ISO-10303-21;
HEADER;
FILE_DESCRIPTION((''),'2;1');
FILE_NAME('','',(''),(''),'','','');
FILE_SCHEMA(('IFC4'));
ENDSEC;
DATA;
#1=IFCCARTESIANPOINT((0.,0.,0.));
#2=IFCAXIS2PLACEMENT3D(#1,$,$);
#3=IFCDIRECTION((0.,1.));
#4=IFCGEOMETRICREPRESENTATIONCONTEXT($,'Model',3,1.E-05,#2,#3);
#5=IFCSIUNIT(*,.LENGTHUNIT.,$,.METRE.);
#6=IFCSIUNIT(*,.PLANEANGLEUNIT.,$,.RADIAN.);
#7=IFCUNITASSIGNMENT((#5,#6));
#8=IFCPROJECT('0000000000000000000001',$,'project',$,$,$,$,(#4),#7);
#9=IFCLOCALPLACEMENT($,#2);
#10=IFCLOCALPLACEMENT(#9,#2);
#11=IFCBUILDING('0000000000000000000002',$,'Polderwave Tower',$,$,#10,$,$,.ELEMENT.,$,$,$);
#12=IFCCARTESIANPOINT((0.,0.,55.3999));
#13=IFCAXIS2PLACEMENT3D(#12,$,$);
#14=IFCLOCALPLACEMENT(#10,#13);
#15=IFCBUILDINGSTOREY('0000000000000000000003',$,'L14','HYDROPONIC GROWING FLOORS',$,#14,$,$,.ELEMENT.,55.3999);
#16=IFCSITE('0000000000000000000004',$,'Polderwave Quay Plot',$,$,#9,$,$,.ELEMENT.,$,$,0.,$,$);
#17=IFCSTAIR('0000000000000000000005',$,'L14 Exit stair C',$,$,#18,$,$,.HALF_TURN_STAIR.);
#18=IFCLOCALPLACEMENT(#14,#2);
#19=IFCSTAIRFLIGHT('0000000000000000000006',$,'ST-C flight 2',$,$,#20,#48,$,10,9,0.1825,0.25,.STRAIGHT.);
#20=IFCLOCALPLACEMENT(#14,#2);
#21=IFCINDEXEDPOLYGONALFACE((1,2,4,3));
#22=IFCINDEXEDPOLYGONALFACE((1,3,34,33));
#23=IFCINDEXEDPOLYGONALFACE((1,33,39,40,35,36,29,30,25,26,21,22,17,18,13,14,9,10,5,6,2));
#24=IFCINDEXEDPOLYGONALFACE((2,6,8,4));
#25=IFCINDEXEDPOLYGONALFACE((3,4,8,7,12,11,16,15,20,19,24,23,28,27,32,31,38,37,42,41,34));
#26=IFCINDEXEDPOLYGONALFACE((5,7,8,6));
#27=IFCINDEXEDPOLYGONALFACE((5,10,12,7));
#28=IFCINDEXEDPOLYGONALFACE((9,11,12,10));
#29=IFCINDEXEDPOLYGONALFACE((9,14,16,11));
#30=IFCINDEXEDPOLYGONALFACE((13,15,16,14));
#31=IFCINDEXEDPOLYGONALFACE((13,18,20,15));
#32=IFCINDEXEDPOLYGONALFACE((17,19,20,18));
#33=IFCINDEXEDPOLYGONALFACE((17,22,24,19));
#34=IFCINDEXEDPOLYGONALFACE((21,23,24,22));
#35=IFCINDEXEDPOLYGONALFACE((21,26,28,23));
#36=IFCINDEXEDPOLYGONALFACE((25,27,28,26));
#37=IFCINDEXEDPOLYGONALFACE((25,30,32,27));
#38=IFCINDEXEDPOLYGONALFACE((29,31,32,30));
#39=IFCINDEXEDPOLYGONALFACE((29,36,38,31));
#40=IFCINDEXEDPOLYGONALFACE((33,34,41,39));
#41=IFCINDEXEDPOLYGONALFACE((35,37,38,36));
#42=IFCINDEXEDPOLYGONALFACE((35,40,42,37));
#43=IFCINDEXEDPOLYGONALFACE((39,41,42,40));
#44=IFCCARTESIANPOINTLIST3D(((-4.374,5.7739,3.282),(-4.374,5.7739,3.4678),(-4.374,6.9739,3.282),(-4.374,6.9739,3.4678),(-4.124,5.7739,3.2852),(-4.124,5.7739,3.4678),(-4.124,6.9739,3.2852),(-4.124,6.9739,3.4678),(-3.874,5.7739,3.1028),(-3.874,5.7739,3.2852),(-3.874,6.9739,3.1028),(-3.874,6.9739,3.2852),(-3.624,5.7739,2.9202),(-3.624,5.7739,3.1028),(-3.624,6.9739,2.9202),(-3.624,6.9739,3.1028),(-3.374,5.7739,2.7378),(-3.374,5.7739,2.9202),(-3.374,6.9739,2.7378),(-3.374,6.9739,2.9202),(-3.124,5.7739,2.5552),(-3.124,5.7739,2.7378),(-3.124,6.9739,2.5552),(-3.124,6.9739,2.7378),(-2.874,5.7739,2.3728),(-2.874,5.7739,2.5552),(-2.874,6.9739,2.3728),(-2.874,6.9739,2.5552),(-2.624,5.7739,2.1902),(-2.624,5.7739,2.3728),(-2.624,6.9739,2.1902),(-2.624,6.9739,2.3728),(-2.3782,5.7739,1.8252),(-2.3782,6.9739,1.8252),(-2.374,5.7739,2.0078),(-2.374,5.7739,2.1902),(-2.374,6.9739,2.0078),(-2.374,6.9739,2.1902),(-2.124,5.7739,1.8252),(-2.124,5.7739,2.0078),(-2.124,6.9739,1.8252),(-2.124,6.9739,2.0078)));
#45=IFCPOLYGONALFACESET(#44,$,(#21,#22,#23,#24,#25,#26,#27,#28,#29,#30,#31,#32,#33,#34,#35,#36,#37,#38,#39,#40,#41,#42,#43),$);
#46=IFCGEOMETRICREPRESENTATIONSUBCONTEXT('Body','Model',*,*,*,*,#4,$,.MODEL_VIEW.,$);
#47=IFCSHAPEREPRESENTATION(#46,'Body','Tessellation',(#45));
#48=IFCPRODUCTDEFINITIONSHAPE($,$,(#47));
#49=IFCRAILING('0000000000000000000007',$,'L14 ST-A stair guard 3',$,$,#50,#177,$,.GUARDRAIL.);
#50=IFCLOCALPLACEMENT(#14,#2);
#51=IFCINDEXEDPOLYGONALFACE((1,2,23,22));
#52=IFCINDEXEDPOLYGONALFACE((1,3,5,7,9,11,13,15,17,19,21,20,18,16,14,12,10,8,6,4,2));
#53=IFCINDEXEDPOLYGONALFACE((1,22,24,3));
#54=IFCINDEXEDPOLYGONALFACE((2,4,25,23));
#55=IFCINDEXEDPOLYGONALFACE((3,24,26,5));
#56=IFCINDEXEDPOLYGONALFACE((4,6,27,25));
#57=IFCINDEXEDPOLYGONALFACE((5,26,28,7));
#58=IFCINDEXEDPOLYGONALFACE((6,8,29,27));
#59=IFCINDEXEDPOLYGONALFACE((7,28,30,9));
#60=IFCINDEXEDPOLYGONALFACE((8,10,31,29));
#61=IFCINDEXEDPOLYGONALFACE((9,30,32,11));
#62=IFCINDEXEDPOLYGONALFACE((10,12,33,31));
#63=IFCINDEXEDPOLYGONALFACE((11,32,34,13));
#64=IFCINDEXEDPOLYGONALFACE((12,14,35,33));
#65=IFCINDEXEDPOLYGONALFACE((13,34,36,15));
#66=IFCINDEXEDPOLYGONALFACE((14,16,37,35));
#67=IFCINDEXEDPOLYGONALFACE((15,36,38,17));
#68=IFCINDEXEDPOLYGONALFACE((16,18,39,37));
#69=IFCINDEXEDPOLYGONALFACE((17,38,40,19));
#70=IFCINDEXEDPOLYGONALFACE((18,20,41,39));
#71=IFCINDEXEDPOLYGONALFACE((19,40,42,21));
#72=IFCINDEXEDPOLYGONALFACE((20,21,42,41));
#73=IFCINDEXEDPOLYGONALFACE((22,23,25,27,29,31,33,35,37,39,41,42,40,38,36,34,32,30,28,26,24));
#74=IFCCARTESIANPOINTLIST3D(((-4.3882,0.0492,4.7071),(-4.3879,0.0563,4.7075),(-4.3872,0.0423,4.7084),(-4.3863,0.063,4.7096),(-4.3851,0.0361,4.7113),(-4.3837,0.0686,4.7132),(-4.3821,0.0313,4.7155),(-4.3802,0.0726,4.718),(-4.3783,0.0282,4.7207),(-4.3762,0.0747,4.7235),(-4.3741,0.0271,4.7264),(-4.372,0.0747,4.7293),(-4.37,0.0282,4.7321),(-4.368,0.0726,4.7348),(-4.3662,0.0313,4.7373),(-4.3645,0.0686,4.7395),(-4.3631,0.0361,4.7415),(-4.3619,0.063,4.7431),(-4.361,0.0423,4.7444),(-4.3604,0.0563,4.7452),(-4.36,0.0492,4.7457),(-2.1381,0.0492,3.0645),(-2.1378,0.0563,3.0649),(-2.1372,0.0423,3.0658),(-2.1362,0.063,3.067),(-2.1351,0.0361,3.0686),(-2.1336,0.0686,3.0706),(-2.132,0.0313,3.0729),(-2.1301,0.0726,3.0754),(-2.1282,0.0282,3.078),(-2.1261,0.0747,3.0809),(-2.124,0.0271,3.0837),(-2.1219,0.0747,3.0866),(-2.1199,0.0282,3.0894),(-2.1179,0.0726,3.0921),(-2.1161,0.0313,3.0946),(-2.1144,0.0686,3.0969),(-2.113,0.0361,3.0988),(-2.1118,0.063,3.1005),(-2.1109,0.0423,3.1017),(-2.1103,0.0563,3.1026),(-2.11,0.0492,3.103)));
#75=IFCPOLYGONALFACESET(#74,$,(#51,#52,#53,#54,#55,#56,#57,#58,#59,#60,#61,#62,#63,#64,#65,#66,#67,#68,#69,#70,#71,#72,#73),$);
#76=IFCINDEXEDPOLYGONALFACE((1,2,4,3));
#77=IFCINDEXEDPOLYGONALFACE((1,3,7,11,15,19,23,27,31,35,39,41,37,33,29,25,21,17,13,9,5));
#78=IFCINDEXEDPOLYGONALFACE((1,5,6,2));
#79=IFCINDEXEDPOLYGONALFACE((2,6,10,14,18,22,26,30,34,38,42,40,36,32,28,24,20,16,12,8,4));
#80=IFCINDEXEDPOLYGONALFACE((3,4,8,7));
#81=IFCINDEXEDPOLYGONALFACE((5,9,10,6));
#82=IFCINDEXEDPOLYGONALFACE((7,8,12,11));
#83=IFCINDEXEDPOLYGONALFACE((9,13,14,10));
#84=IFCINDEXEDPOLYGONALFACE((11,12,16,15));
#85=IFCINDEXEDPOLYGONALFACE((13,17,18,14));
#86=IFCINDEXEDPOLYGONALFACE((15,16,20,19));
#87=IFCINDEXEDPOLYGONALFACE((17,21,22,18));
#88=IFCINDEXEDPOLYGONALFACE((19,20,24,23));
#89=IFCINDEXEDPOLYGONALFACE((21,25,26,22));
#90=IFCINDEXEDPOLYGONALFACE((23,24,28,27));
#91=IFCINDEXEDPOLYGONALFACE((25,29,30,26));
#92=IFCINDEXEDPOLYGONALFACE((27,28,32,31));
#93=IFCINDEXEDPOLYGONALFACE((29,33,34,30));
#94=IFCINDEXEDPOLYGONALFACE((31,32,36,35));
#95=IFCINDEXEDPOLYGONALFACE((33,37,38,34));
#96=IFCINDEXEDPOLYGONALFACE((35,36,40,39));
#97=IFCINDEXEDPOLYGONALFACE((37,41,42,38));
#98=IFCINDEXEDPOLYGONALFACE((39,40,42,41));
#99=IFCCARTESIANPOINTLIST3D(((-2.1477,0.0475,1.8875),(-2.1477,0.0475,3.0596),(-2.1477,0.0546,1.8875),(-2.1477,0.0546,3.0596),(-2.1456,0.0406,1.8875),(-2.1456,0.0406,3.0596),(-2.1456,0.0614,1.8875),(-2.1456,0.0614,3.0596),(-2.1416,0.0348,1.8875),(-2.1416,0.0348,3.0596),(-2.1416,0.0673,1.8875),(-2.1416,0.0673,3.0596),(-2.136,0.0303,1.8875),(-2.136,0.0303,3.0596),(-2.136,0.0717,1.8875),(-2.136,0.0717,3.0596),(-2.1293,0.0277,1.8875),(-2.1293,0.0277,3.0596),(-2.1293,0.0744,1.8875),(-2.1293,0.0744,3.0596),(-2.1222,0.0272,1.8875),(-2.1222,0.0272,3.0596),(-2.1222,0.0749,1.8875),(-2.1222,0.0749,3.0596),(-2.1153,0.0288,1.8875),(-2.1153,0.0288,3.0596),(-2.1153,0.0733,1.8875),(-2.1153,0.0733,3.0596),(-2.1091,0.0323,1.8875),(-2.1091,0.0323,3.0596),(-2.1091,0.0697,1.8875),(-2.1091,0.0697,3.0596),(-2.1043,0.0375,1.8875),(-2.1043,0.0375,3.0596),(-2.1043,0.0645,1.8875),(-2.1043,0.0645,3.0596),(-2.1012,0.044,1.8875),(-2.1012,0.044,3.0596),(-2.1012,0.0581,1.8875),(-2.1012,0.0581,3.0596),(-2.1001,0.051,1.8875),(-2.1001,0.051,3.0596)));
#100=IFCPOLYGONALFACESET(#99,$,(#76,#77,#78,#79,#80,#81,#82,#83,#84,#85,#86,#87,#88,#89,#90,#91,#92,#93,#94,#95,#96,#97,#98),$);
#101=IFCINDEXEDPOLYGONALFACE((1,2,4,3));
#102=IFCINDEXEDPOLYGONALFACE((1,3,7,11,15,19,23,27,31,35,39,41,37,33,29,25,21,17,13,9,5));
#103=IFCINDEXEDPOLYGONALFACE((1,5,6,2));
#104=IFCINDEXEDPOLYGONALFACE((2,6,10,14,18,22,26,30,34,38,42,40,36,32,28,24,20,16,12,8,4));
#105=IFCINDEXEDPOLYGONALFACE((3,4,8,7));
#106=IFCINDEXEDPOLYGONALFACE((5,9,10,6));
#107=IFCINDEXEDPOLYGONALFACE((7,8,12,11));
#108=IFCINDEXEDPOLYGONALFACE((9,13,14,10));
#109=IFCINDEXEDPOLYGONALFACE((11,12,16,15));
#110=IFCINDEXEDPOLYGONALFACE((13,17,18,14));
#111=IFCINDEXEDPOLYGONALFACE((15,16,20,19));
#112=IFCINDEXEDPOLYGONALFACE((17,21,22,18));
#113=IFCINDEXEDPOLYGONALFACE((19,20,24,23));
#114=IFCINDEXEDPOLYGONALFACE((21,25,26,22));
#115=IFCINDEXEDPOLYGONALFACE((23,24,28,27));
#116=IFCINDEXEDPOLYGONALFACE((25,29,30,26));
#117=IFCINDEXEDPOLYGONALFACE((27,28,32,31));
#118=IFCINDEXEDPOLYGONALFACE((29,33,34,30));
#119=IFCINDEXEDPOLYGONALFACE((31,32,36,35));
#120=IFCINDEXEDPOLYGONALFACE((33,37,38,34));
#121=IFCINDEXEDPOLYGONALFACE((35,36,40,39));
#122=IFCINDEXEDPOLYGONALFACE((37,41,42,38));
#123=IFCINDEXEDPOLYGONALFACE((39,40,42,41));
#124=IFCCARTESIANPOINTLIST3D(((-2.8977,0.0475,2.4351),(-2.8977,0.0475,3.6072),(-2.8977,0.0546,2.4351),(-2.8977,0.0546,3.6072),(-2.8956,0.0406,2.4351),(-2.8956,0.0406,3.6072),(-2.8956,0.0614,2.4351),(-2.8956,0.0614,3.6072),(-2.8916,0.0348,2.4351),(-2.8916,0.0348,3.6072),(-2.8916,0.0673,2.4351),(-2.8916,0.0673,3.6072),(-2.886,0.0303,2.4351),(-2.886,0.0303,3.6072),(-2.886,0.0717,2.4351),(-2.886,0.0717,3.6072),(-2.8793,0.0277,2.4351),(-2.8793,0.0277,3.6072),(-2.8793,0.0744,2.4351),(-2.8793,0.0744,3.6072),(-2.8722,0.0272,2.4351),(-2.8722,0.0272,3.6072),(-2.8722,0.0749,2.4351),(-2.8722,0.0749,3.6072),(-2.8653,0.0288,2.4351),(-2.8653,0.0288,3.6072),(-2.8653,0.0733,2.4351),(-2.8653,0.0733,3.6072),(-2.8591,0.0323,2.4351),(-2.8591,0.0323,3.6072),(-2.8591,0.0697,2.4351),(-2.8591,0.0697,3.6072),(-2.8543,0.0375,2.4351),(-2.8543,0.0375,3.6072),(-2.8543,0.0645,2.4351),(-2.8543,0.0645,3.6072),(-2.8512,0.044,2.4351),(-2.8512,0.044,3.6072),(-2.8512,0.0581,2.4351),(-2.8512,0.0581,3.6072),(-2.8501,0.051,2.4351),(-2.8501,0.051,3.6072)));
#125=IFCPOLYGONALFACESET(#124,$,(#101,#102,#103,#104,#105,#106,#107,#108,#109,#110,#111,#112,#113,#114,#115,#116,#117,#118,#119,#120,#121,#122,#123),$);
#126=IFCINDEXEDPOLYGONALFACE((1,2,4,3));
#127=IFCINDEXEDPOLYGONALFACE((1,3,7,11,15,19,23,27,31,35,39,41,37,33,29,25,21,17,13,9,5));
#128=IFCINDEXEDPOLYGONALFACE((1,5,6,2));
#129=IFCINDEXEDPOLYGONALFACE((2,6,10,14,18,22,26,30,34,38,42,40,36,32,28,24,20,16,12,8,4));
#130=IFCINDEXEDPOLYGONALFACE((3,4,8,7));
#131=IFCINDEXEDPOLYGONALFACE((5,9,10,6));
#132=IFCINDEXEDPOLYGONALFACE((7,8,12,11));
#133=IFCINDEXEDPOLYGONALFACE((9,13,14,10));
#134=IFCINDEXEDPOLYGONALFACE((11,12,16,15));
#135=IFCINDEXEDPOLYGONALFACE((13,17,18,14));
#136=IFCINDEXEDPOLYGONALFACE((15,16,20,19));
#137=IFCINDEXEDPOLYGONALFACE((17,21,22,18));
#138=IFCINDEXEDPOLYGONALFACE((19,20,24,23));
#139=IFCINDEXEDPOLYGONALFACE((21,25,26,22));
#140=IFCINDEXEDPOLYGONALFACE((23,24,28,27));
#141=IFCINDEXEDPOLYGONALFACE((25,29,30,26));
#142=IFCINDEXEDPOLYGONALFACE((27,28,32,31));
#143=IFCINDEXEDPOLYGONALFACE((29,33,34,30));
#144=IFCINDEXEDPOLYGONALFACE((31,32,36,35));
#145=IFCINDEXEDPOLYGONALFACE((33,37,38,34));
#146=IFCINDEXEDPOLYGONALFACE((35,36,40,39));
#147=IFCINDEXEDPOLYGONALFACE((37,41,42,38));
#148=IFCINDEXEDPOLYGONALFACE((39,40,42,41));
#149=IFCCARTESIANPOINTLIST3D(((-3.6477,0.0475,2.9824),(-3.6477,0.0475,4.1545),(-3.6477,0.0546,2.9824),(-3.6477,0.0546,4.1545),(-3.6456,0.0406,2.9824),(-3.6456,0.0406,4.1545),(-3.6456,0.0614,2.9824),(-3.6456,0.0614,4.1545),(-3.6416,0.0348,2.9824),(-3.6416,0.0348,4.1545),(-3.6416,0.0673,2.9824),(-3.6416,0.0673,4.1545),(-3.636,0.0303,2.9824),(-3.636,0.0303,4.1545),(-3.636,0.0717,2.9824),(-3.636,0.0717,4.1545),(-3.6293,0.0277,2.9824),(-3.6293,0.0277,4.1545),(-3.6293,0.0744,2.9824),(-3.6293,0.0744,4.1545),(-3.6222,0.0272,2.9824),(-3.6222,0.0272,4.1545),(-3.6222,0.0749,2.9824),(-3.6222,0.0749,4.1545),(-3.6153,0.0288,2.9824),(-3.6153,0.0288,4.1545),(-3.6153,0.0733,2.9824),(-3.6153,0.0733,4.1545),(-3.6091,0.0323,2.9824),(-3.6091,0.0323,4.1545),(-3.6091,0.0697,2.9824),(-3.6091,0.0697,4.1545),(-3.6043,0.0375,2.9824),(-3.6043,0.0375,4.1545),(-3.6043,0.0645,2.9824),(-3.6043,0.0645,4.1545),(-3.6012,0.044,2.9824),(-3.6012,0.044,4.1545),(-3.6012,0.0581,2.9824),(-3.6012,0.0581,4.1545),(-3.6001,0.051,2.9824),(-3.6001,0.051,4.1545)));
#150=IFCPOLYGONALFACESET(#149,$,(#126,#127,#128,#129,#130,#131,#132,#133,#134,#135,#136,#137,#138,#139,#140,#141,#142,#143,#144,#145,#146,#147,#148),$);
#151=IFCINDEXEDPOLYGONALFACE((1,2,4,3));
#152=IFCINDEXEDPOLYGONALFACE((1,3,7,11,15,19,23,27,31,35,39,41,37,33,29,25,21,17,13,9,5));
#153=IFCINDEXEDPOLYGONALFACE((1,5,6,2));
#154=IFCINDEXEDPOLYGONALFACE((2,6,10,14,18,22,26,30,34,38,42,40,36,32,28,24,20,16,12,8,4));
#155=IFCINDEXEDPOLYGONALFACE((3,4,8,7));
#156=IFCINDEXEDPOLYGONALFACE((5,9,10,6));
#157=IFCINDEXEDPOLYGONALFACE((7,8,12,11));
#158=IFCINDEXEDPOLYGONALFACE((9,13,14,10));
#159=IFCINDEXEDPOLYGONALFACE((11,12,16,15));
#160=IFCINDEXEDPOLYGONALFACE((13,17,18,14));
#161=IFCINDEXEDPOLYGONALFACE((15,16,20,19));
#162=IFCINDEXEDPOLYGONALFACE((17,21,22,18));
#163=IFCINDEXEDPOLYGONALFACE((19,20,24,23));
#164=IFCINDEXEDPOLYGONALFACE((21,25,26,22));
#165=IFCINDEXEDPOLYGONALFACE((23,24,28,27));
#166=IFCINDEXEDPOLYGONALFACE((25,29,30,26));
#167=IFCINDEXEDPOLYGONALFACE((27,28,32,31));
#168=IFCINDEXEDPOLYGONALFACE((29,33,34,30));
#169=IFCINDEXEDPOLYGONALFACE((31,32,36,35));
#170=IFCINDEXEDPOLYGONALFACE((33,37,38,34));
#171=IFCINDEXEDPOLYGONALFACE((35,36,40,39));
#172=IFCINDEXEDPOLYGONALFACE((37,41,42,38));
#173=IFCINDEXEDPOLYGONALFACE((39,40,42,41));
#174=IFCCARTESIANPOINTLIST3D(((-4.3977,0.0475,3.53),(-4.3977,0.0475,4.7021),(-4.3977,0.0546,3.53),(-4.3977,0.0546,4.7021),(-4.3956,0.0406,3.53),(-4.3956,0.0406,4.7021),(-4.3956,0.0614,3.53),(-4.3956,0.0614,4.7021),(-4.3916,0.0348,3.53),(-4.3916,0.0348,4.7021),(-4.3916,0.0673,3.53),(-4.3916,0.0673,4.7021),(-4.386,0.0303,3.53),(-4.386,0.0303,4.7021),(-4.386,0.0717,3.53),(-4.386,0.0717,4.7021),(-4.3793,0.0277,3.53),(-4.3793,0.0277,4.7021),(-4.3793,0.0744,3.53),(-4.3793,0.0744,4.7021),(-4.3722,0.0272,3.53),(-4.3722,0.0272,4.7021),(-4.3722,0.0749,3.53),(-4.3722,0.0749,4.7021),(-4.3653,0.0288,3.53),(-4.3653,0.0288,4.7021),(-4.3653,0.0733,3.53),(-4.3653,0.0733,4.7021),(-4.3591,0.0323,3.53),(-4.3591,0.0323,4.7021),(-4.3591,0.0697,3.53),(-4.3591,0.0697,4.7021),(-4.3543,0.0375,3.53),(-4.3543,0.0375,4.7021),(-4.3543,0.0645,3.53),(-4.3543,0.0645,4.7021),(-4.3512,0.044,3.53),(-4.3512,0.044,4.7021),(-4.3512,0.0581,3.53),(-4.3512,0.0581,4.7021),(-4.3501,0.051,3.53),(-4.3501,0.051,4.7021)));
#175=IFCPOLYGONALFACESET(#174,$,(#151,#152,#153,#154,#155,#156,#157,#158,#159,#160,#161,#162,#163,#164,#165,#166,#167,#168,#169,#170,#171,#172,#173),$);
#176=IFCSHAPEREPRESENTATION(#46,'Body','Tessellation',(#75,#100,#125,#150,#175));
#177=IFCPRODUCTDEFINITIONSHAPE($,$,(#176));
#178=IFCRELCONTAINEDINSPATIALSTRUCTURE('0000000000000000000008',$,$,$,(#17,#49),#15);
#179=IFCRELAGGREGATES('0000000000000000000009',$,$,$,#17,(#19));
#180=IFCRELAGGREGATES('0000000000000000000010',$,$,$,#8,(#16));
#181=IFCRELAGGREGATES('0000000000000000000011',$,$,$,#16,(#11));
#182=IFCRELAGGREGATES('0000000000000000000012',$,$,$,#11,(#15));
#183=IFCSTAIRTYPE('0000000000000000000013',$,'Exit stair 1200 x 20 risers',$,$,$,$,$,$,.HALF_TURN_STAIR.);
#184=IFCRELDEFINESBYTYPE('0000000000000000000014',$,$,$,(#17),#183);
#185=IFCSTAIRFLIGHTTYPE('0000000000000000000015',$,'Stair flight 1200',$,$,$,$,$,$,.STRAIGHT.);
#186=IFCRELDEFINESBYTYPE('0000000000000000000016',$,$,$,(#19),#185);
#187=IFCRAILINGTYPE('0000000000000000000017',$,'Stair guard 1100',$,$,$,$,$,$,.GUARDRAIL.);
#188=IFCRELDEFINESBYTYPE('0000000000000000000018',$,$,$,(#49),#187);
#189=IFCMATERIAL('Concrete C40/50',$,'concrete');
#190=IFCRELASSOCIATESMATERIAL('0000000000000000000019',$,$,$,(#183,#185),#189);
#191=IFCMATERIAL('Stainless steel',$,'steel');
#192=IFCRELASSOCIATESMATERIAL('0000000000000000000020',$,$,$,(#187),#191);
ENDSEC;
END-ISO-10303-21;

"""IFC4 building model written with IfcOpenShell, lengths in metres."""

from ifc_helpers import new_model, si_unit, direction, frame, origin, origin_2d, place, context, subcontext, project, spatial, polyline, circle, outline, extrude, material, type_object, element, aggregate, save


model = new_model("IFC4")

# Units and contexts
model_context = context("Model", 3, precision=1e-05, world=origin(), true_north=direction((0.0, 1.0)))
body_context = subcontext(model_context, "Body", "Model", "MODEL_VIEW")
ifc_project = project(units=[si_unit("LENGTHUNIT", "METRE"), si_unit("PLANEANGLEUNIT", "RADIAN")], contexts=[model_context])

# Site, building, storey
site_placement = place(None, origin())
site = spatial("IfcSite", under=ifc_project, at=site_placement, Name="Polderwave Quay Plot", CompositionType="ELEMENT", RefElevation=0.0)
building_placement = place(site_placement, origin())
building = spatial("IfcBuilding", under=site, at=building_placement, Name="Polderwave Tower", CompositionType="ELEMENT")
storey_placement = place(building_placement, frame((0.0, 0.0, 55.3999)))
storey = spatial("IfcBuildingStorey", under=building, at=storey_placement, Name="L14", Description="HYDROPONIC GROWING FLOORS", CompositionType="ELEMENT", Elevation=55.3999)

# Shared definitions
ifc_material_1 = material(Name="Concrete C40/50", Category="concrete")
stair_type = type_object("IfcStairType", Name="Exit stair 1200 x 20 risers", PredefinedType="HALF_TURN_STAIR", material=ifc_material_1)
stair_flight_type = type_object("IfcStairFlightType", Name="Stair flight 1200", PredefinedType="STRAIGHT", material=ifc_material_1)

# Stair, stair flight
stair_1_placement = place(storey_placement, origin())
stair_1 = element("IfcStair", 1, at=stair_1_placement, inside=storey, type_object=stair_type, Name="L14 Exit stair C", PredefinedType="HALF_TURN_STAIR")
stair_flight_1_placement = place(storey_placement, frame((-2.124, 6.374, 1.8252), z_axis=(0.0, 0.0, 1.0), x_axis=(-1.0, 0.0, 0.0)))
stair_flight_1 = element("IfcStairFlight", 2, at=stair_flight_1_placement, type_object=stair_flight_type, Name="ST-C flight 2", NumberOfRisers=10, NumberOfTreads=9, PredefinedType="STRAIGHT", RiserHeight=0.1825, TreadLength=0.25, context=body_context, shape_type="SweptSolid", body=[
    extrude(outline(polyline([(0.0, 0.0), (0.0, 0.1826), (0.25, 0.1826), (0.25, 0.365), (0.5, 0.365), (0.5, 0.5476), (0.75, 0.5476), (0.75, 0.73), (1.0, 0.73), (1.0, 0.9126), (1.25, 0.9126), (1.25, 1.095), (1.5, 1.095), (1.5, 1.2776), (1.75, 1.2776), (1.75, 1.46), (2.0, 1.46), (2.0, 1.6426), (2.25, 1.6426), (2.25, 1.825), (2.25, 1.4568), (0.2542, 0.0), (0.0, 0.0)])), frame((0.0, 0.6001, 0.0), z_axis=(0.0, -1.0, 0.0), x_axis=(1.0, 0.0, 0.0)), (0.0, 0.0, 1.0), 1.2),
])
aggregate(stair_1, [stair_flight_1])

# Railing
ifc_material_2 = material(Name="Stainless steel", Category="steel")
railing_type_1 = type_object("IfcRailingType", Name="Stair guard 1100", PredefinedType="GUARDRAIL", material=ifc_material_2)
railing_1_placement = place(storey_placement, frame((-2.124, 0.051, 1.8875)))
element("IfcRailing", 3, at=railing_1_placement, inside=storey, type_object=railing_type_1, Name="L14 ST-A stair guard 3", PredefinedType="GUARDRAIL", context=body_context, shape_type="SweptSolid", body=[
    extrude(circle(Radius=0.0239, at=origin_2d()), frame((0.0, 0.0, 1.1963), z_axis=(-0.807674, 0.0, 0.58963), x_axis=(0.0, -1.0, 0.0)), (0.0, 0.0, 1.0), 2.7859),
    extrude(circle(Radius=0.0239, at=origin_2d()), origin(), (0.0, 0.0, 1.0), 1.1721),
    extrude(circle(Radius=0.0239, at=origin_2d()), frame((-0.75, 0.0, 0.5476)), (0.0, 0.0, 1.0), 1.1721),
    extrude(circle(Radius=0.0239, at=origin_2d()), frame((-1.5, 0.0, 1.095)), (0.0, 0.0, 1.0), 1.1721),
    extrude(circle(Radius=0.0239, at=origin_2d()), frame((-2.25, 0.0, 1.6426)), (0.0, 0.0, 1.0), 1.1721),
])

save(model, "model.ifc")
